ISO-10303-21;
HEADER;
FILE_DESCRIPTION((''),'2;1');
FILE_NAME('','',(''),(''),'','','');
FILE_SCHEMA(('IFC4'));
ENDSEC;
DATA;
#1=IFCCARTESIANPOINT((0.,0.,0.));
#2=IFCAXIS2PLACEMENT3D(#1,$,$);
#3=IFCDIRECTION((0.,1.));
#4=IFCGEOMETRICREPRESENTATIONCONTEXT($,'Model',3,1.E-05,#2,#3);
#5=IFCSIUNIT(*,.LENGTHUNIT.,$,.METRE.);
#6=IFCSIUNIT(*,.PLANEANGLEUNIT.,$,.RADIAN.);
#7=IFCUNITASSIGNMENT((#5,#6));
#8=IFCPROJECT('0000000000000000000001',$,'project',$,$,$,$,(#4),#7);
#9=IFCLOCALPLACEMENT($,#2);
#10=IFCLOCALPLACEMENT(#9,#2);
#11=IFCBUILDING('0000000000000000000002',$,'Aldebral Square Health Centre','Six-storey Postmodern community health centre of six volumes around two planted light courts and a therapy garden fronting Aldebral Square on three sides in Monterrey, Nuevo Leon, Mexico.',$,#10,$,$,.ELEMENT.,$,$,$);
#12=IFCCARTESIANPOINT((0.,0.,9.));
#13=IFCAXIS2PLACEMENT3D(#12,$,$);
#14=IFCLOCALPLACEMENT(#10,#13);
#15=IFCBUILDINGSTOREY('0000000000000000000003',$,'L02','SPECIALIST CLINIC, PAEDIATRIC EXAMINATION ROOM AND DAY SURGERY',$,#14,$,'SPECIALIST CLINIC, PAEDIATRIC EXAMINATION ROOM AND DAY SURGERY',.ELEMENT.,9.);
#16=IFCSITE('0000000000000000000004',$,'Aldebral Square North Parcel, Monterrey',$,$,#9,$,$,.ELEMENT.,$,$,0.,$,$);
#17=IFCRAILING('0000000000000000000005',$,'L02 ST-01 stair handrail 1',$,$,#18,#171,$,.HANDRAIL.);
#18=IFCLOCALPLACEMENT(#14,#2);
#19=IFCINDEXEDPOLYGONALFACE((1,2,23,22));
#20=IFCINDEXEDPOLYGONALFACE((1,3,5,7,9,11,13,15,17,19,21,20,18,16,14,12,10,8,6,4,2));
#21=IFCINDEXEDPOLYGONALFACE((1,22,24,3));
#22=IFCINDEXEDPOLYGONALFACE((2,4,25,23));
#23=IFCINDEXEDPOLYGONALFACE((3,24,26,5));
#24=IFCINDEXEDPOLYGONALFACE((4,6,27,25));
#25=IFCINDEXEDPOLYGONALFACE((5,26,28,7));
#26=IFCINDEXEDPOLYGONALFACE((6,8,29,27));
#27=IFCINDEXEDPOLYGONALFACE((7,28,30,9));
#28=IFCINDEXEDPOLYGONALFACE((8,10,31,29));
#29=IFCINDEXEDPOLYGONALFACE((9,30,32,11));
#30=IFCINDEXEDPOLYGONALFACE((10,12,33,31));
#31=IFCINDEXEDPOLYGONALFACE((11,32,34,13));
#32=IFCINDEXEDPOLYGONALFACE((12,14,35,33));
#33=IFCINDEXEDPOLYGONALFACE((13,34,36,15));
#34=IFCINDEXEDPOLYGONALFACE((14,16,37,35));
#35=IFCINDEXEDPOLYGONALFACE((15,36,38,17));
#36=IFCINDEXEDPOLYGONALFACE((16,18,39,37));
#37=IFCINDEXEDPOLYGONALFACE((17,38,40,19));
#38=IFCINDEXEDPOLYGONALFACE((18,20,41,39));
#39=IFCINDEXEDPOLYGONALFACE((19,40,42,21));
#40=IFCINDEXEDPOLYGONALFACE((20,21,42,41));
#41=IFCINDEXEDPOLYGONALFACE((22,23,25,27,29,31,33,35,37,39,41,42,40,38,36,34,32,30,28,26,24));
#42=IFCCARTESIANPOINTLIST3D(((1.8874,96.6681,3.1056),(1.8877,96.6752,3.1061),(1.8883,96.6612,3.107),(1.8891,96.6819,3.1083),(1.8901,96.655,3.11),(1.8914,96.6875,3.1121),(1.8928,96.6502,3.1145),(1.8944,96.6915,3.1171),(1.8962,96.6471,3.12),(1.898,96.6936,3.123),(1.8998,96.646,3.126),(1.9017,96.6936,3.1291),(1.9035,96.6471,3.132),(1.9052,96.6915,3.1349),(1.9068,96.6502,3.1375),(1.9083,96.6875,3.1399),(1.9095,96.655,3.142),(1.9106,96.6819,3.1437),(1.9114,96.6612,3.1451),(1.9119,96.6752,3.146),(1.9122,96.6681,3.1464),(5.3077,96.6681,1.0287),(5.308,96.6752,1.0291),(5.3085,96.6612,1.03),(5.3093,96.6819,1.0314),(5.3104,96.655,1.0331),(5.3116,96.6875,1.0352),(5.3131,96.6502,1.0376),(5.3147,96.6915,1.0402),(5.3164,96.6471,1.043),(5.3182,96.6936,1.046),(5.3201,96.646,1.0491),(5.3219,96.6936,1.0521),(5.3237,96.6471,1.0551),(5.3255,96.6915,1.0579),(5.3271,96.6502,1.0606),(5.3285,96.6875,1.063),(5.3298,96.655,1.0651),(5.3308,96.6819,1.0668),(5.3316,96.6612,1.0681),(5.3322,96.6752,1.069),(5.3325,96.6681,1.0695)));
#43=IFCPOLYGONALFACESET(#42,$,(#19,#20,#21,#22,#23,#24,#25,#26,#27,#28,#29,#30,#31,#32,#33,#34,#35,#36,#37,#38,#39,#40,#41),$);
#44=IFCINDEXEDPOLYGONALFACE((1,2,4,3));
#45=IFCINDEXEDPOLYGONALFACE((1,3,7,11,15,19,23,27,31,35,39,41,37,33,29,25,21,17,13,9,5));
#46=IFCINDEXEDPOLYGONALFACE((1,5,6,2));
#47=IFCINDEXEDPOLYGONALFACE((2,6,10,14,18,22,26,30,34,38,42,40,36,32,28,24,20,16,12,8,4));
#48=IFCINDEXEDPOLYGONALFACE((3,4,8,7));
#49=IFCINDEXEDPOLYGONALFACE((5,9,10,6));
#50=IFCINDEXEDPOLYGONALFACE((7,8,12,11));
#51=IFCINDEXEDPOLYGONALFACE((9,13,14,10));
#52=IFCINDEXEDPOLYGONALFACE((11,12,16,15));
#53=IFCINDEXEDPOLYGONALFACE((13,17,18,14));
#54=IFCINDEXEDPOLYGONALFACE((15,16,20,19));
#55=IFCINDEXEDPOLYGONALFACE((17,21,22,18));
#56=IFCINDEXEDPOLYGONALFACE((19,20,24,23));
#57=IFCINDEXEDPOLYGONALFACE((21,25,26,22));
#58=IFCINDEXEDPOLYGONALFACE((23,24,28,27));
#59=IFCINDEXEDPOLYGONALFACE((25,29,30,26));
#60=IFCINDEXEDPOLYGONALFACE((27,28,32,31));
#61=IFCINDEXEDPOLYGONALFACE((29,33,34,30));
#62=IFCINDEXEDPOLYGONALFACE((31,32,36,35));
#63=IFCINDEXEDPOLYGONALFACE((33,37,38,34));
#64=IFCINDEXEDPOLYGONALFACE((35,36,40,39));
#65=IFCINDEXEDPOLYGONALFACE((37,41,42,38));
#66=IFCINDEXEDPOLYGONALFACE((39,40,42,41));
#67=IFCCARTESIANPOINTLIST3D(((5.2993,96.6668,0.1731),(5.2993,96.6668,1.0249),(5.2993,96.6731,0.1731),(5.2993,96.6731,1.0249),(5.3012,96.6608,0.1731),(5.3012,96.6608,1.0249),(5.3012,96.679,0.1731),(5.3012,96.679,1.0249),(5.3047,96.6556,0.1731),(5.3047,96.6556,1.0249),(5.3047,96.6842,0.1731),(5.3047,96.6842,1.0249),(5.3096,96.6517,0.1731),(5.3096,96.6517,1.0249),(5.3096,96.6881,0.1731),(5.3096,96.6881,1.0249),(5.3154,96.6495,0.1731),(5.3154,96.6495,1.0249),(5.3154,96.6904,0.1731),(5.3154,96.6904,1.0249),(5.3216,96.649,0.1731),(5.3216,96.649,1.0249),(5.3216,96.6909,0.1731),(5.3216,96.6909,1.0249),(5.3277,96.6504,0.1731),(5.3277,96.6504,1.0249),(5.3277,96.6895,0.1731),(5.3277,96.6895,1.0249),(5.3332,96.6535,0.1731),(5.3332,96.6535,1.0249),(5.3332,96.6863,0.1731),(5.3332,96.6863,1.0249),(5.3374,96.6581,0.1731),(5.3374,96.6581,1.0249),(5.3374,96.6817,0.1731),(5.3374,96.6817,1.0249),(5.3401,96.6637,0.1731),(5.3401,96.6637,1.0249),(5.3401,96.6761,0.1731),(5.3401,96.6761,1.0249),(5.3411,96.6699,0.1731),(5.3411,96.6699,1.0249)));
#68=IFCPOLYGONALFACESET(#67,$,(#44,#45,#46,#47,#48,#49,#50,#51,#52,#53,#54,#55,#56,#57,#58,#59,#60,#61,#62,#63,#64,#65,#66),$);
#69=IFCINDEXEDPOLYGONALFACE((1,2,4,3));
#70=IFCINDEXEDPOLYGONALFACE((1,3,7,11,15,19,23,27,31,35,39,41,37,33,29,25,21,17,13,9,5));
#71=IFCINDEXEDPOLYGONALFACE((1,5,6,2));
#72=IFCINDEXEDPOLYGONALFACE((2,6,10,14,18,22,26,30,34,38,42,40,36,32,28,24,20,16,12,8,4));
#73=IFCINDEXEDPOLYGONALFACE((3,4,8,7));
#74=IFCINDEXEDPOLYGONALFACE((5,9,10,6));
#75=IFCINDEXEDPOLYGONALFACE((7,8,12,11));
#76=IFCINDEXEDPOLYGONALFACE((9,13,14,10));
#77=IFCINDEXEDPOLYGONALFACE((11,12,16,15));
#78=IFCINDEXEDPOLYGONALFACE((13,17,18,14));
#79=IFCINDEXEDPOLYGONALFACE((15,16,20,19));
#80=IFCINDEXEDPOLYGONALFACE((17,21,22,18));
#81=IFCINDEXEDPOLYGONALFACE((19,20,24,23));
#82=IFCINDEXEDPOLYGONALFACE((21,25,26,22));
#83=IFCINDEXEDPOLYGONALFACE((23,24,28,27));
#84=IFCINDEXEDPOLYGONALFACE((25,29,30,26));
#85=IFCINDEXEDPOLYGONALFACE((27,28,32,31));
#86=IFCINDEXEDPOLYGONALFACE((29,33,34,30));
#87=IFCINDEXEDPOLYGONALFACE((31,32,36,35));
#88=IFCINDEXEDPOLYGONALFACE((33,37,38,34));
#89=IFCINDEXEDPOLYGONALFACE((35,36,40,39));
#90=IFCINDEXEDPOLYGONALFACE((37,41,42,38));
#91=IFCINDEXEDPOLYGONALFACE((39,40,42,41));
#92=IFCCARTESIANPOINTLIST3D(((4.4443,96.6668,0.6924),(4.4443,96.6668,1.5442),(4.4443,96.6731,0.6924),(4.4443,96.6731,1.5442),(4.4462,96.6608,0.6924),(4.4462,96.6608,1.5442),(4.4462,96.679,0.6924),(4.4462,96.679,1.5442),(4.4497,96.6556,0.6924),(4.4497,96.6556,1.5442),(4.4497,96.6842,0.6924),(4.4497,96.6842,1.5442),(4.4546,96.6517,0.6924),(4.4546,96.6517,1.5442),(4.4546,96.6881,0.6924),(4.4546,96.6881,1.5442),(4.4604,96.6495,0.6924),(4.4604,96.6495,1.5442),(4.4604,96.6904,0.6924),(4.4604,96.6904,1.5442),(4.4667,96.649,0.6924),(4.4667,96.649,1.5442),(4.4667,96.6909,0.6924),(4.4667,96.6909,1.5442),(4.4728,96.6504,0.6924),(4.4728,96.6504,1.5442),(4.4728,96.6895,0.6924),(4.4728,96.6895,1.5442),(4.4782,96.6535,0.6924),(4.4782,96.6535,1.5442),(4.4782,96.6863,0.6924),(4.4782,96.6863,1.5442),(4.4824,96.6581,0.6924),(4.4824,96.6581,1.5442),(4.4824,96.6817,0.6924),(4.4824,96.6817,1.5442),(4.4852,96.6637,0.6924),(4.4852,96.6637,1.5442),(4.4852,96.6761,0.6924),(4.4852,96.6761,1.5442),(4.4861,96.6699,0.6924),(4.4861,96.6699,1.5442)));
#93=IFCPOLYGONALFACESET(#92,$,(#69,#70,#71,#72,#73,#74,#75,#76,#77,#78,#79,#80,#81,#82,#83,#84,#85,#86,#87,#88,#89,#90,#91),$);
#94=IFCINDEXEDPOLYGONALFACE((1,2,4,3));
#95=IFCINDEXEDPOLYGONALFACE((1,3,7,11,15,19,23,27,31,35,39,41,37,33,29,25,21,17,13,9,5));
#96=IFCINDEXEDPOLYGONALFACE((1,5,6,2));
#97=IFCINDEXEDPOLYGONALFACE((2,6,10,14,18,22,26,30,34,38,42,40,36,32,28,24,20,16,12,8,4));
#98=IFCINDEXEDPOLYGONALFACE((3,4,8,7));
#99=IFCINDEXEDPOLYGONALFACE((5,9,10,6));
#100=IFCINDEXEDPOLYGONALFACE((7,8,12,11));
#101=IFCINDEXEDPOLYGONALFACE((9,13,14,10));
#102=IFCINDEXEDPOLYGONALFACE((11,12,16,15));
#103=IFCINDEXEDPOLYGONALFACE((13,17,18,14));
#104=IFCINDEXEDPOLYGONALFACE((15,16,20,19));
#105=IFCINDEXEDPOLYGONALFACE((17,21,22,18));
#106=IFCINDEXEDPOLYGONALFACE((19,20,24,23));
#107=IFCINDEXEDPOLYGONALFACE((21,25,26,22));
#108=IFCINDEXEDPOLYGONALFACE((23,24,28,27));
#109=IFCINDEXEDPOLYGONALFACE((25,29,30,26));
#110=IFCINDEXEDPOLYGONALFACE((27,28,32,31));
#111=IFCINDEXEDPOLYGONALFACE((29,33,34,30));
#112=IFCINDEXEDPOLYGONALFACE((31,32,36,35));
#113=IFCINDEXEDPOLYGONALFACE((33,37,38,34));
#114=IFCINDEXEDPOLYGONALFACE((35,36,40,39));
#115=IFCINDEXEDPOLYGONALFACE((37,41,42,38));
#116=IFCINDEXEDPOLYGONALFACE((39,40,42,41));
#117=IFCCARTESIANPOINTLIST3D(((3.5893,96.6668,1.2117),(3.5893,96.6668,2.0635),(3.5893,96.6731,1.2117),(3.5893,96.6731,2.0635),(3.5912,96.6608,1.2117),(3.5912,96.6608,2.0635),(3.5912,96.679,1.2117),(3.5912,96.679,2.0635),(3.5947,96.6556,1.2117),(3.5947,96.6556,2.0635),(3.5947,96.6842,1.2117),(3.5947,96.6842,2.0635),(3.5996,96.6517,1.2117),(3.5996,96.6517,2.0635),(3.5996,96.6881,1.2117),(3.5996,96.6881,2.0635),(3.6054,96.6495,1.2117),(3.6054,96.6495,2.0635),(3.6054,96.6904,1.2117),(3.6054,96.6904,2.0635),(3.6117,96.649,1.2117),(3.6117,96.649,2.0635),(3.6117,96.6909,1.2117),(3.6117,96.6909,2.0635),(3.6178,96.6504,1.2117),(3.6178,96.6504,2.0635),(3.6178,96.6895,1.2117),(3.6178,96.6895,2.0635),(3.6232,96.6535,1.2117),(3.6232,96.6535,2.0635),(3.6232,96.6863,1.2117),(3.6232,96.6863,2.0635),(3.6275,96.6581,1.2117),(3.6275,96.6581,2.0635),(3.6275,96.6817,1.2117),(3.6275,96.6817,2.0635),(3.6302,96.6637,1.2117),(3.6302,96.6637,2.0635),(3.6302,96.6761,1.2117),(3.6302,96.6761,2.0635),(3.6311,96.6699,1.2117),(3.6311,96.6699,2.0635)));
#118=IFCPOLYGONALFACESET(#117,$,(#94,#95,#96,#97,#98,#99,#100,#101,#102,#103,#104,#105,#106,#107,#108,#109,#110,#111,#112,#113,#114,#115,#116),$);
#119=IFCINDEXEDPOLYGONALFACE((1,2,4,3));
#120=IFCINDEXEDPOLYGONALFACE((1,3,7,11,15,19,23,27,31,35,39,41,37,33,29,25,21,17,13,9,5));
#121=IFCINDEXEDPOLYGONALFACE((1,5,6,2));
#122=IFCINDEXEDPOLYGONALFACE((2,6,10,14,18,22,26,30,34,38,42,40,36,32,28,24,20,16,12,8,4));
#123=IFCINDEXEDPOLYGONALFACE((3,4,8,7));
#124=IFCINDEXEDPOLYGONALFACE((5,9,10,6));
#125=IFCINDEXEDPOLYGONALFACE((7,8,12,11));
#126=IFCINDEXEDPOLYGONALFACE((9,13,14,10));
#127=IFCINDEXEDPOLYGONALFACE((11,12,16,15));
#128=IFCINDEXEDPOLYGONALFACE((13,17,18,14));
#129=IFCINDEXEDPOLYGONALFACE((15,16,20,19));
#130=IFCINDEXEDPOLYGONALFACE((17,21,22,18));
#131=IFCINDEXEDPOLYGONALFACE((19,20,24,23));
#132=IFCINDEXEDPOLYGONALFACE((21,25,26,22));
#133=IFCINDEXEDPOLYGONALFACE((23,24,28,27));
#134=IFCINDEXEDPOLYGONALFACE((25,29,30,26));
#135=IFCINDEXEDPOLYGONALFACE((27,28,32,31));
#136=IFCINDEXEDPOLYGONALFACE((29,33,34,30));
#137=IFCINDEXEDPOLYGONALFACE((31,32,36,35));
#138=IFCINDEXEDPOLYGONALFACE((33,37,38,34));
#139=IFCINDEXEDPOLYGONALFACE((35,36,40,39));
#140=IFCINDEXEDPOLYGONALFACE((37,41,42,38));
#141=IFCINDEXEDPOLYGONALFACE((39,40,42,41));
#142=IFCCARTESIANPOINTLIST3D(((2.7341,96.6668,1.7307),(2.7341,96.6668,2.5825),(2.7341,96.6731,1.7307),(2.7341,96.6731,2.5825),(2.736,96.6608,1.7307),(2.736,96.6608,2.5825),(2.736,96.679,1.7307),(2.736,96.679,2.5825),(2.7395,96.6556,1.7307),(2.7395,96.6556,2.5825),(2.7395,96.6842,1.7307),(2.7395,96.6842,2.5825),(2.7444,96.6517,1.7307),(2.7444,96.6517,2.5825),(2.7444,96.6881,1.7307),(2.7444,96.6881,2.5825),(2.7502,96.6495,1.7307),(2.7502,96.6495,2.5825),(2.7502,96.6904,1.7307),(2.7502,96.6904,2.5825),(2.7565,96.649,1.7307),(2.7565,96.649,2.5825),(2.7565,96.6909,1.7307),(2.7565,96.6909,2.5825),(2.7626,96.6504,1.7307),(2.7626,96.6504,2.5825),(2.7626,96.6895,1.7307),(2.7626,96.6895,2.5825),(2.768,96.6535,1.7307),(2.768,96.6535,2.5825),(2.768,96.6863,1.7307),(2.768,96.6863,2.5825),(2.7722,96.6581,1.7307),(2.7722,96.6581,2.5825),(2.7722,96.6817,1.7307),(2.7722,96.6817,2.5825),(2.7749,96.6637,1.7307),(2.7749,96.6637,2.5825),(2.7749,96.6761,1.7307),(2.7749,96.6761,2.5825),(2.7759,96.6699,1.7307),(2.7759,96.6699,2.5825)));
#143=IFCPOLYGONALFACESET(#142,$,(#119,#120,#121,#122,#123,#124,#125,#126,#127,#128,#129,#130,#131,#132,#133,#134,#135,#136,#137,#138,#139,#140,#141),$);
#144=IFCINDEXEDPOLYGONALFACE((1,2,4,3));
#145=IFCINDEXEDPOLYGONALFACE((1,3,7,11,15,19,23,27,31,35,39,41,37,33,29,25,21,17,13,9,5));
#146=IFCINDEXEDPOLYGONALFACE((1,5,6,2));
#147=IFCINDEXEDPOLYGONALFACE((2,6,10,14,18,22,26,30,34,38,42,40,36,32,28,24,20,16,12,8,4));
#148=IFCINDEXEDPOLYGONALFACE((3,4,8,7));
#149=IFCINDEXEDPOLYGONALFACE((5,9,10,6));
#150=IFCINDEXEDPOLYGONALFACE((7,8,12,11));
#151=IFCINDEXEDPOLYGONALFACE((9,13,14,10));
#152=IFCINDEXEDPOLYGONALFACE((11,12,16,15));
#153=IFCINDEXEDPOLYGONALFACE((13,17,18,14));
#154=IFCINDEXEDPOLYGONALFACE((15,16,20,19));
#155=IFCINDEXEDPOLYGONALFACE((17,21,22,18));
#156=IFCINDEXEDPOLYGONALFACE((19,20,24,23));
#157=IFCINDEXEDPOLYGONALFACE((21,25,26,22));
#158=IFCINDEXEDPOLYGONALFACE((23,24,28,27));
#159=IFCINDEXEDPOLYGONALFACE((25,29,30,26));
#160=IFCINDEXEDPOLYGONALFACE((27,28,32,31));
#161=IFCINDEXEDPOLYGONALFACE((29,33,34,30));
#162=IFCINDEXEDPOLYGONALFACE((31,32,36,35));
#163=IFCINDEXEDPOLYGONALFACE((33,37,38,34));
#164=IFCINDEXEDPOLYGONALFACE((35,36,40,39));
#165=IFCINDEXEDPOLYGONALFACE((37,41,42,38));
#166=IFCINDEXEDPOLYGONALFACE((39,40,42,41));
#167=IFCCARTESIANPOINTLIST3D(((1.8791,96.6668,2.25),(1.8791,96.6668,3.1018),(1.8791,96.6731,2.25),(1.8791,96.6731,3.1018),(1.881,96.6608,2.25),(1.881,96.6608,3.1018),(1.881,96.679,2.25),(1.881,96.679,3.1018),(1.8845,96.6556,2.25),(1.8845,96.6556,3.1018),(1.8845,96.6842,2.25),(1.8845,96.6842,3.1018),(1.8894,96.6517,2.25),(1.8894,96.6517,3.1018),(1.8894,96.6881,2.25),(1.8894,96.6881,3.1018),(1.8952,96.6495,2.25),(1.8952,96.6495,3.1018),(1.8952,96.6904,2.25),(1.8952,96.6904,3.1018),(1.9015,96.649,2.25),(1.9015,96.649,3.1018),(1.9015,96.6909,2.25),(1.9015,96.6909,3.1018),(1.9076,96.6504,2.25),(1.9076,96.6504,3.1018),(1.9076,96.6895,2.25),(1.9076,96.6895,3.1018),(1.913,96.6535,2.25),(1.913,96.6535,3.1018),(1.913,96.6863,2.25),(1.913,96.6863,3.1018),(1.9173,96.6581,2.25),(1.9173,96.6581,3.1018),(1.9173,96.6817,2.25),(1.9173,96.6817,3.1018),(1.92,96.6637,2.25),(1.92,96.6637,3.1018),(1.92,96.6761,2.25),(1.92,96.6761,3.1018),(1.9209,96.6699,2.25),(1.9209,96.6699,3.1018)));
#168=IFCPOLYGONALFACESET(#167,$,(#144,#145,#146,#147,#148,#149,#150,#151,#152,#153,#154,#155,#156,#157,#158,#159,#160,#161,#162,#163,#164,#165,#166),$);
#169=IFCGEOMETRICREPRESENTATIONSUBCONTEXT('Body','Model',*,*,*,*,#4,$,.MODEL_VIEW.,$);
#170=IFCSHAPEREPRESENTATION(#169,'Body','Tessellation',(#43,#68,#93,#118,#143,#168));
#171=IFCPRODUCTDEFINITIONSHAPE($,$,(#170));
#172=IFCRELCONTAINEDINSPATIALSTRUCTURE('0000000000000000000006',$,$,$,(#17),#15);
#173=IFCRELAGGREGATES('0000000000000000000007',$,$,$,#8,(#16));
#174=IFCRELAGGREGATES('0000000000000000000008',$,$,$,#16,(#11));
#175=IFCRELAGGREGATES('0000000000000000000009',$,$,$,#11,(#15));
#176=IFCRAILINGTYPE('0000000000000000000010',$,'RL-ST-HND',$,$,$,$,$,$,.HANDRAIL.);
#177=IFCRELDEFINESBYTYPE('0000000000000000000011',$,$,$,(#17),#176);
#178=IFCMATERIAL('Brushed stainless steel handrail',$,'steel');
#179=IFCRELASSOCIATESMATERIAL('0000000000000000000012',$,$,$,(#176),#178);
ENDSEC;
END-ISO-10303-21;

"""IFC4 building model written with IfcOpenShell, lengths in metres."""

from ifc_helpers import new_model, si_unit, direction, frame, origin, origin_2d, place, context, subcontext, project, spatial, circle, extrude, material, type_object, element, save


model = new_model("IFC4")

# Units and contexts
model_context = context("Model", 3, precision=1e-05, world=origin(), true_north=direction((0.0, 1.0)))
body_context = subcontext(model_context, "Body", "Model", "MODEL_VIEW")
ifc_project = project(units=[si_unit("LENGTHUNIT", "METRE"), si_unit("PLANEANGLEUNIT", "RADIAN")], contexts=[model_context])

# Site, building, storey
site_placement = place(None, origin())
site = spatial("IfcSite", under=ifc_project, at=site_placement, Name="Aldebral Square North Parcel, Monterrey", CompositionType="ELEMENT", RefElevation=0.0)
building_placement = place(site_placement, origin())
building = spatial("IfcBuilding", under=site, at=building_placement, Name="Aldebral Square Health Centre", Description="Six-storey Postmodern community health centre of six volumes around two planted light courts and a therapy garden fronting Aldebral Square on three sides in Monterrey, Nuevo Leon, Mexico.", CompositionType="ELEMENT")
storey_placement = place(building_placement, frame((0.0, 0.0, 9.0)))
storey = spatial("IfcBuildingStorey", under=building, at=storey_placement, Name="L02", Description="SPECIALIST CLINIC, PAEDIATRIC EXAMINATION ROOM AND DAY SURGERY", LongName="SPECIALIST CLINIC, PAEDIATRIC EXAMINATION ROOM AND DAY SURGERY", CompositionType="ELEMENT", Elevation=9.0)

# Railing
ifc_material_1 = material(Name="Brushed stainless steel handrail", Category="steel")
railing_type_1 = type_object("IfcRailingType", Name="RL-ST-HND", PredefinedType="HANDRAIL", material=ifc_material_1)
railing_1_placement = place(storey_placement, frame((5.3201, 96.6699, 0.1731)))
element("IfcRailing", 1, at=railing_1_placement, inside=storey, type_object=railing_type_1, Name="L02 ST-01 stair handrail 1", PredefinedType="HANDRAIL", context=body_context, shape_type="SweptSolid", body=[
    extrude(circle(Radius=0.0239, at=origin_2d()), frame((0.0, 0.0, 0.876), z_axis=(-0.854746, 0.0, 0.519047), x_axis=(0.0, -1.0, 0.0)), (0.0, 0.0, 1.0), 4.0015),
    extrude(circle(Radius=0.021, at=origin_2d()), origin(), (0.0, 0.0, 1.0), 0.8518),
    extrude(circle(Radius=0.021, at=origin_2d()), frame((-0.855, 0.0, 0.5193)), (0.0, 0.0, 1.0), 0.8518),
    extrude(circle(Radius=0.021, at=origin_2d()), frame((-1.71, 0.0, 1.0386)), (0.0, 0.0, 1.0), 0.8518),
    extrude(circle(Radius=0.021, at=origin_2d()), frame((-2.5652, 0.0, 1.5576)), (0.0, 0.0, 1.0), 0.8518),
    extrude(circle(Radius=0.021, at=origin_2d()), frame((-3.4202, 0.0, 2.0769)), (0.0, 0.0, 1.0), 0.8518),
])

save(model, "model.ifc")
